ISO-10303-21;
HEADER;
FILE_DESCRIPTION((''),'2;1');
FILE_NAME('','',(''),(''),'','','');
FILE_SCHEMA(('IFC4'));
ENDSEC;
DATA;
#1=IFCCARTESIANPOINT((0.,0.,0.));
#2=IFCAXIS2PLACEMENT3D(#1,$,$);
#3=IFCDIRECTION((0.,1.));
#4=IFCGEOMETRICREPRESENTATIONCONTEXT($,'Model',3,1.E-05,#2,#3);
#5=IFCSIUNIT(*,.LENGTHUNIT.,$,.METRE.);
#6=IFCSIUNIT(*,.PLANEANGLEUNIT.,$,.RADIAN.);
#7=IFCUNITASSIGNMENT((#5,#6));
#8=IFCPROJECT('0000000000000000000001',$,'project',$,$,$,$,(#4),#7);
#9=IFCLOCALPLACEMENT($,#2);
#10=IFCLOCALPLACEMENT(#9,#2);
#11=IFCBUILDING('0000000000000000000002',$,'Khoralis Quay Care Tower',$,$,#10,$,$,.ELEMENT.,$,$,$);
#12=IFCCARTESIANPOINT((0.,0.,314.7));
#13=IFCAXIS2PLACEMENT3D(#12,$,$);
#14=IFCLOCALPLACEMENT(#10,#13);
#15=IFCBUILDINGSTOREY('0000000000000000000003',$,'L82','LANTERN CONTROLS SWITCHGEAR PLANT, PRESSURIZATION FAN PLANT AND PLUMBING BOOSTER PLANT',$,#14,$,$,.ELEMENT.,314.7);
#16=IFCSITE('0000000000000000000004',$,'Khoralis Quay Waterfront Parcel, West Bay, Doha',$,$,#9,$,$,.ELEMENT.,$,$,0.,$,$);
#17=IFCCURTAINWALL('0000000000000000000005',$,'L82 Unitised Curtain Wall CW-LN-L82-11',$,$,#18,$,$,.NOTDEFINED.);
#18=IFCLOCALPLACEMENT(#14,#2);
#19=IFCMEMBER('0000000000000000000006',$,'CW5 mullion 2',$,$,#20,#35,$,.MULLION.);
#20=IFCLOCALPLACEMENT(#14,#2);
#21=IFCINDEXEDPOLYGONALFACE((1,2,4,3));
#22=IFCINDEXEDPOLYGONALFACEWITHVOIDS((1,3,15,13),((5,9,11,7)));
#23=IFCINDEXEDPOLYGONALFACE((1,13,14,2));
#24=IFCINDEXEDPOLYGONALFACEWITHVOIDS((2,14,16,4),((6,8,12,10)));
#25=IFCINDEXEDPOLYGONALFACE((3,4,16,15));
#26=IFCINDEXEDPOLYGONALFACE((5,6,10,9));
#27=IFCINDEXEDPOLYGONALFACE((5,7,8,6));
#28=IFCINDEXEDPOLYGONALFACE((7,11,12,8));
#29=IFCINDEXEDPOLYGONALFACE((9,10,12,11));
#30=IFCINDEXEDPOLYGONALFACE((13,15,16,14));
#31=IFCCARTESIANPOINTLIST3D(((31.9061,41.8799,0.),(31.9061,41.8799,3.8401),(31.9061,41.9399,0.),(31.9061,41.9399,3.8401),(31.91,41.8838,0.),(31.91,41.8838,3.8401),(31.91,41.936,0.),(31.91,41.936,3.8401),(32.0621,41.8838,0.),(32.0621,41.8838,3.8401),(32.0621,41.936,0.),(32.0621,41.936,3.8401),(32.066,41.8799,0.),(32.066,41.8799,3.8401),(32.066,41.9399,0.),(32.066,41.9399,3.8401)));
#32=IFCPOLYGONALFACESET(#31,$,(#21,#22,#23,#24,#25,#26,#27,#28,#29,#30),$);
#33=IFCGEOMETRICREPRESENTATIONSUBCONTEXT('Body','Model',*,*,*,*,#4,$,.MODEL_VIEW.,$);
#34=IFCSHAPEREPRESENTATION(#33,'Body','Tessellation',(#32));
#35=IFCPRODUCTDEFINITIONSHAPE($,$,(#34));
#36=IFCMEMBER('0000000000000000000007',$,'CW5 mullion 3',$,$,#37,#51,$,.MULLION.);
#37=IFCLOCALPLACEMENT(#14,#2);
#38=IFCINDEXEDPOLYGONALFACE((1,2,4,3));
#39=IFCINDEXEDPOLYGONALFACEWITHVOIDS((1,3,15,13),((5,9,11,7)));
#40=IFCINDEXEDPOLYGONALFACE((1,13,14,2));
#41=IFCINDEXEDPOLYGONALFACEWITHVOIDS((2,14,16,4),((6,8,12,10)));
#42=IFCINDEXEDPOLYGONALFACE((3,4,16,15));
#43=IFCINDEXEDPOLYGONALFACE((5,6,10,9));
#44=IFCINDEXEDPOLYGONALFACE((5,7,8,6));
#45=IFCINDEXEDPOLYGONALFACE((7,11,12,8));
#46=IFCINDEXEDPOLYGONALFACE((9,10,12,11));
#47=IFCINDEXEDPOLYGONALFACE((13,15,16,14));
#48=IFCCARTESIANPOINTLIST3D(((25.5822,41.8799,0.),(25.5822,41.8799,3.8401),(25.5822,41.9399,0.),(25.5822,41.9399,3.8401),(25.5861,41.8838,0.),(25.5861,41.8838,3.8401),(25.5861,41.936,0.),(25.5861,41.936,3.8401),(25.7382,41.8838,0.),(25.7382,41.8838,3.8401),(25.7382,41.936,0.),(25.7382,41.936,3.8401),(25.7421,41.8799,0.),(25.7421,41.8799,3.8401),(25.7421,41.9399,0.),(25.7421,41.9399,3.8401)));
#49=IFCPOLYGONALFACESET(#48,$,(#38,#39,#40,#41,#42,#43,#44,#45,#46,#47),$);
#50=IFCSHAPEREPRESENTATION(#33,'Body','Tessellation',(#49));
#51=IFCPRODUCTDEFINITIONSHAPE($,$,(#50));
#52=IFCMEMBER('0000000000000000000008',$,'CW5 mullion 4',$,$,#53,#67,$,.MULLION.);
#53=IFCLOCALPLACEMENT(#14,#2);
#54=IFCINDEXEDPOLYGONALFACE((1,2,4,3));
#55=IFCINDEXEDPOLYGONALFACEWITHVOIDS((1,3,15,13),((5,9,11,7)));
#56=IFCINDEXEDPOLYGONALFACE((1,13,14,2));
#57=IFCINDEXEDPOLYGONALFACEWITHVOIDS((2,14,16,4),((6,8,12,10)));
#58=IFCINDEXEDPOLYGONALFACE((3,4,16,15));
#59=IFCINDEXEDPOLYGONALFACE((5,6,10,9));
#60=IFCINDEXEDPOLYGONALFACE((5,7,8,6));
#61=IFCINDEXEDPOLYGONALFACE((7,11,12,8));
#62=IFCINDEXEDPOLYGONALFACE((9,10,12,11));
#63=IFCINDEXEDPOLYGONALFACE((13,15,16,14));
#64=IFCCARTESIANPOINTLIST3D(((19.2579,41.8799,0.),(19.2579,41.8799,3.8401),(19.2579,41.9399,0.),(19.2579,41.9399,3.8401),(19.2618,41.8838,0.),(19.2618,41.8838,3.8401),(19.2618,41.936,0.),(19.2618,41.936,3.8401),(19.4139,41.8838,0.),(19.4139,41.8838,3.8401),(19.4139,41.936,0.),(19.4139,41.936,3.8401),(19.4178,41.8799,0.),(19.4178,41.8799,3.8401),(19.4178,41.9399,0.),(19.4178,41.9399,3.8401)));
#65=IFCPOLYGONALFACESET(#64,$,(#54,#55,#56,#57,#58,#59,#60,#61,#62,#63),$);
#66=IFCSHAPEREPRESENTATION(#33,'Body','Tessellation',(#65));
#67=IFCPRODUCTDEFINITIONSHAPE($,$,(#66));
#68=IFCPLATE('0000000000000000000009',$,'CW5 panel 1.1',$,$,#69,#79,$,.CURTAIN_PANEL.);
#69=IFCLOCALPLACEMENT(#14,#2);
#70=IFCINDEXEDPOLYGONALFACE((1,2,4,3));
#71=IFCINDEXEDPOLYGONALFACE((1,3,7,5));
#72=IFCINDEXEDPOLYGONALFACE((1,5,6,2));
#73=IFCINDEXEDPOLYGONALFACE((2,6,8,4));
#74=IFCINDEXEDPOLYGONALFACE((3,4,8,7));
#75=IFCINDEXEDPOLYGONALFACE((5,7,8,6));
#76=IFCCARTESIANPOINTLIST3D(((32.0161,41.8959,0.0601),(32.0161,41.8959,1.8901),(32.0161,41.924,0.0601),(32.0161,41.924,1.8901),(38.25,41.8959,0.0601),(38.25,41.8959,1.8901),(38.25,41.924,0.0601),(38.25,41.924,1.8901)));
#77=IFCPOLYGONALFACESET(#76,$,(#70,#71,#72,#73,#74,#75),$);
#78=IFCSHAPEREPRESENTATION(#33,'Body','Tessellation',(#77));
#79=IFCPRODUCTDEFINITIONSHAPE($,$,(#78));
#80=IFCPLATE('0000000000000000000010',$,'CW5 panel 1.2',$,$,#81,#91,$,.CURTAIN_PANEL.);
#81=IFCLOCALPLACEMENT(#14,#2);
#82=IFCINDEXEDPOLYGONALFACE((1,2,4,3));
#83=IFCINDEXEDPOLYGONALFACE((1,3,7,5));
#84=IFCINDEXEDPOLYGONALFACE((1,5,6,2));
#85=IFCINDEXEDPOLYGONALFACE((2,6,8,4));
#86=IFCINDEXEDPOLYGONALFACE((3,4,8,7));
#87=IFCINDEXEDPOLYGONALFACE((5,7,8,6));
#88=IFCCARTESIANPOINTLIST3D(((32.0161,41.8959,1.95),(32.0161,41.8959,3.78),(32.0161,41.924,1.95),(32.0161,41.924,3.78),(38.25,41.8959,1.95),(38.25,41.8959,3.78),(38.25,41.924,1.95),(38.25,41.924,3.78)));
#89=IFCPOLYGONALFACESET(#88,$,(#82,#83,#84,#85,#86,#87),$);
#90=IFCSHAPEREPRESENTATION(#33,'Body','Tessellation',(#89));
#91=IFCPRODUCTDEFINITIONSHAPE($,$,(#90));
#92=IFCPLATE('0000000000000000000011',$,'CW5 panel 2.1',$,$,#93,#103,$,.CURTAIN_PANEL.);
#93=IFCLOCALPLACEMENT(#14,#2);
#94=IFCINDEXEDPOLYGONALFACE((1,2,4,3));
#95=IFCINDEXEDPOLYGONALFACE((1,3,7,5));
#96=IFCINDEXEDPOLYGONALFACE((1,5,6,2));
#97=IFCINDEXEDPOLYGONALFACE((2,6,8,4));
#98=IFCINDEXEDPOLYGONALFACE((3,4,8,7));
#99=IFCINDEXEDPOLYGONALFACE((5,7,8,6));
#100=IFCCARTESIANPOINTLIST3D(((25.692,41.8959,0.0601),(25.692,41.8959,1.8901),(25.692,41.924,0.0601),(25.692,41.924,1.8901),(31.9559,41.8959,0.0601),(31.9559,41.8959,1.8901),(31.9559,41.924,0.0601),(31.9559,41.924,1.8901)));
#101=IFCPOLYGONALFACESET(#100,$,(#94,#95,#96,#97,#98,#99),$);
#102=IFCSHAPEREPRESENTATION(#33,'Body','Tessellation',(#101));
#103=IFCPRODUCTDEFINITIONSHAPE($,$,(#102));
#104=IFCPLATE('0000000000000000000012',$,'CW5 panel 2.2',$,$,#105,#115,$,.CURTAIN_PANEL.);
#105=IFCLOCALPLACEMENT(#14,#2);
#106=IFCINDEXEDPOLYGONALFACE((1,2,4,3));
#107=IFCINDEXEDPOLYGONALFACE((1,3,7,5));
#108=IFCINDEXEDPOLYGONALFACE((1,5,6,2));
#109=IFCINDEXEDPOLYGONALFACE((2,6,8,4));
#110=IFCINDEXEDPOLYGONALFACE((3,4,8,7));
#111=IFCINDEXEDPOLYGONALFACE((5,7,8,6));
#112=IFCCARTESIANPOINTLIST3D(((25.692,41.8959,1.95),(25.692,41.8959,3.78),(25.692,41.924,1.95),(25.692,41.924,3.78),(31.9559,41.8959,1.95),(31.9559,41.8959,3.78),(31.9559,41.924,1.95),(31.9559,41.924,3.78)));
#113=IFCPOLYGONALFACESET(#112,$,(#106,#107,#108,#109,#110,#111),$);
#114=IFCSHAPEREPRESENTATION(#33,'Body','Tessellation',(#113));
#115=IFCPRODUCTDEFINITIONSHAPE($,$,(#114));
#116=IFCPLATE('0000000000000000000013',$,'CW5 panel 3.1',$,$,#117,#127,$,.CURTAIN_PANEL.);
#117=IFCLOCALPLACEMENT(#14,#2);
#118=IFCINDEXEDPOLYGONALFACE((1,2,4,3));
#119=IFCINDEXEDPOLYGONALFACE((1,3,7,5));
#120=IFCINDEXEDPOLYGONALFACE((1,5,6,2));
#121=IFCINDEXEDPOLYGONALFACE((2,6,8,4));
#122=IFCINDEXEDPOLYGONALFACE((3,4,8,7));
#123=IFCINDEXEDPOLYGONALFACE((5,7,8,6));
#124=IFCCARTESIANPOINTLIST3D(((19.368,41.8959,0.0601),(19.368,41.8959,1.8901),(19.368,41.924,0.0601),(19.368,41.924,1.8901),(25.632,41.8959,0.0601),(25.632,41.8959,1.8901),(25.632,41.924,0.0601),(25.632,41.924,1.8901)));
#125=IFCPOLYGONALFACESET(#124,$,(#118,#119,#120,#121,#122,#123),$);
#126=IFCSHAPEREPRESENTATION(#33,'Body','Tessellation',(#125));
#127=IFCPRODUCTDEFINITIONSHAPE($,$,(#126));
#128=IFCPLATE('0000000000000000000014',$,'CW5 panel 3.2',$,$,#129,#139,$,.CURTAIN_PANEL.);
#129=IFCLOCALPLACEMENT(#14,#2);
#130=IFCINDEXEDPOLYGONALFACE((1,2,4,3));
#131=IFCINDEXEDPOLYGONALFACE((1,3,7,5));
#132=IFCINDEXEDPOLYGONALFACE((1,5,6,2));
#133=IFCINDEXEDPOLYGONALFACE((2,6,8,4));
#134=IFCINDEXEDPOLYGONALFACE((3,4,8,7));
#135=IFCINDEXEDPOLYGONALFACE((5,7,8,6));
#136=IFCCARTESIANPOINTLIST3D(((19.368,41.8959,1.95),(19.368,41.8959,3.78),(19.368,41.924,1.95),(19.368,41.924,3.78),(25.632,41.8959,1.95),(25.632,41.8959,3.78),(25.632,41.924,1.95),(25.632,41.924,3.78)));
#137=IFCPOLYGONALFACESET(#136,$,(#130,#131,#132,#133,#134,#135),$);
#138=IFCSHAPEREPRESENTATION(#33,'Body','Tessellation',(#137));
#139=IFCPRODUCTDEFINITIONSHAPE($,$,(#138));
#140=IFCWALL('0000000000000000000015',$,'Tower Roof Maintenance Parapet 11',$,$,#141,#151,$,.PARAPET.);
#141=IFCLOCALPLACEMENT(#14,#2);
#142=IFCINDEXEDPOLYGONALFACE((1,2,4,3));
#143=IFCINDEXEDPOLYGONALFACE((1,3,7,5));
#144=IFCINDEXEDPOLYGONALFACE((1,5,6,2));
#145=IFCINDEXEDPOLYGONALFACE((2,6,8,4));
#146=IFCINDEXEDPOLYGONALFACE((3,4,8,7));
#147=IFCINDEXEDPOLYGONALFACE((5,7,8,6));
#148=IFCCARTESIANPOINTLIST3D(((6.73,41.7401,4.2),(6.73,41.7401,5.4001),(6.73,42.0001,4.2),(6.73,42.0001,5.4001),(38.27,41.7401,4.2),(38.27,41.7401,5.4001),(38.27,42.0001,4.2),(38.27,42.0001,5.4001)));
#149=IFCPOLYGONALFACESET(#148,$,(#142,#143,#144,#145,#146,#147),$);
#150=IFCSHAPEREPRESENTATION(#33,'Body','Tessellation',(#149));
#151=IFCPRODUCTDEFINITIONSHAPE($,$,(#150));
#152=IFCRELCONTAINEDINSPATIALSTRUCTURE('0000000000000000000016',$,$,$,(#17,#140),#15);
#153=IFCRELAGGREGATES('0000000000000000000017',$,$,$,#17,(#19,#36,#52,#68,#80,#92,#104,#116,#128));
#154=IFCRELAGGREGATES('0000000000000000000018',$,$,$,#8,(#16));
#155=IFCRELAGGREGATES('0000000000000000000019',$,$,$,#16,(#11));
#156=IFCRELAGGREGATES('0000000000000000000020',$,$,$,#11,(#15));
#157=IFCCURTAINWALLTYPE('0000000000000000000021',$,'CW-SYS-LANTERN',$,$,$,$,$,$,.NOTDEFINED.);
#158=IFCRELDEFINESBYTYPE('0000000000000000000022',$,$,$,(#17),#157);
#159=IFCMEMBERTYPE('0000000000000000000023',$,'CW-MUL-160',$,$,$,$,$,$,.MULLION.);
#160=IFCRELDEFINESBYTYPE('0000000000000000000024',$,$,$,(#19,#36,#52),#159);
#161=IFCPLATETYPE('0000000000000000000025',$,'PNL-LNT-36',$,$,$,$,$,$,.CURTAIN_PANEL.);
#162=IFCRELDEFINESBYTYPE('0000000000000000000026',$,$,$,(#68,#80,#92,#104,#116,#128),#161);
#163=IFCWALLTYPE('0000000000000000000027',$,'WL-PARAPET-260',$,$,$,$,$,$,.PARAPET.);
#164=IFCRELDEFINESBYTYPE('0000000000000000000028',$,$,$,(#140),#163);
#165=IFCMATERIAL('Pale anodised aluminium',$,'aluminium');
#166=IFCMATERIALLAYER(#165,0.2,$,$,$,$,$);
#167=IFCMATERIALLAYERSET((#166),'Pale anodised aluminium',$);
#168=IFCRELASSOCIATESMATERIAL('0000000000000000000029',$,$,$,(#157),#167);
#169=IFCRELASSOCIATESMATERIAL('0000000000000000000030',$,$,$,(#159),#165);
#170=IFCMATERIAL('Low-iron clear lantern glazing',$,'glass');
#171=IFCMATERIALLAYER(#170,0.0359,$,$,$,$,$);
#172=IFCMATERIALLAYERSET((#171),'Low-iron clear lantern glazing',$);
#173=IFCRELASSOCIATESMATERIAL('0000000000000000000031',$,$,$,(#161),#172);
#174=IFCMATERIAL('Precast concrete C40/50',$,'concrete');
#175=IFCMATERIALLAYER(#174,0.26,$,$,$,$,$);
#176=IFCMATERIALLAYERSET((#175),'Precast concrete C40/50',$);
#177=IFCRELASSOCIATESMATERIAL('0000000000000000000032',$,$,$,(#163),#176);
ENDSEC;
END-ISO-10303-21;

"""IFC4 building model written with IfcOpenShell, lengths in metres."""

from ifc_helpers import new_model, si_unit, direction, frame, frame_2d, origin, origin_2d, place, context, subcontext, project, spatial, rectangle, hollow_rectangle, extrude, source, transform, mapped, material, layer, layer_set, material_profile, profile_set, type_object, element, aggregate, save


model = new_model("IFC4")

# Units and contexts
model_context = context("Model", 3, precision=1e-05, world=origin(), true_north=direction((0.0, 1.0)))
body_context = subcontext(model_context, "Body", "Model", "MODEL_VIEW")
ifc_project = project(units=[si_unit("LENGTHUNIT", "METRE"), si_unit("PLANEANGLEUNIT", "RADIAN")], contexts=[model_context])

# Site, building, storey
site_placement = place(None, origin())
site = spatial("IfcSite", under=ifc_project, at=site_placement, Name="Khoralis Quay Waterfront Parcel, West Bay, Doha", CompositionType="ELEMENT", RefElevation=0.0)
building_placement = place(site_placement, origin())
building = spatial("IfcBuilding", under=site, at=building_placement, Name="Khoralis Quay Care Tower", CompositionType="ELEMENT")
storey_placement = place(building_placement, frame((0.0, 0.0, 314.7)))
storey = spatial("IfcBuildingStorey", under=building, at=storey_placement, Name="L82", Description="LANTERN CONTROLS SWITCHGEAR PLANT, PRESSURIZATION FAN PLANT AND PLUMBING BOOSTER PLANT", CompositionType="ELEMENT", Elevation=314.7)

# Curtain wall, members, plates
ifc_material_1 = material(Name="Pale anodised aluminium", Category="aluminium")
ifc_layer_1 = layer(ifc_material_1, 0.2)
ifc_layer_set_1 = layer_set([ifc_layer_1], Name="Pale anodised aluminium")
curtain_wall_type = type_object("IfcCurtainWallType", Name="CW-SYS-LANTERN", PredefinedType="NOTDEFINED", material=ifc_layer_set_1)
curtain_wall_placement = place(storey_placement, origin())
curtain_wall = element("IfcCurtainWall", 1, at=curtain_wall_placement, inside=storey, type_object=curtain_wall_type, Name="L82 Unitised Curtain Wall CW-LN-L82-11", PredefinedType="NOTDEFINED")
ifc_material_profile_1 = material_profile(ifc_material_1, hollow_rectangle(XDim=0.0601, YDim=0.1599, WallThickness=0.0039, at=origin_2d()), Name="Pale anodised aluminium")
ifc_profile_set_1 = profile_set([ifc_material_profile_1], Name="Pale anodised aluminium")
member_type_1 = type_object("IfcMemberType", Name="CW-MUL-160", PredefinedType="MULLION", material=ifc_profile_set_1)
shared_shape_1 = source(origin(), body_context, "Body", "SweptSolid", [
    extrude(hollow_rectangle(XDim=0.0601, YDim=0.1599, WallThickness=0.0039, at=origin_2d()), origin(), (0.0, 0.0, 1.0), 3.8401),
])
member_1_placement = place(storey_placement, frame((31.9861, 41.9099, 0.0), z_axis=(0.0, 0.0, 1.0), x_axis=(0.0, -1.0, 0.0)))
member_1 = element("IfcMember", 2, at=member_1_placement, type_object=member_type_1, Name="CW5 mullion 2", PredefinedType="MULLION", context=body_context, shape_type="MappedRepresentation", body=[
    mapped(shared_shape_1, transform((0.0, 0.0, 0.0), scale=1.0)),
])
member_2_placement = place(storey_placement, frame((25.6621, 41.9099, 0.0), z_axis=(0.0, 0.0, 1.0), x_axis=(0.0, -1.0, 0.0)))
member_2 = element("IfcMember", 3, at=member_2_placement, type_object=member_type_1, Name="CW5 mullion 3", PredefinedType="MULLION", context=body_context, shape_type="MappedRepresentation", body=[
    mapped(shared_shape_1, transform((0.0, 0.0, 0.0), scale=1.0)),
])
member_3_placement = place(storey_placement, frame((19.3379, 41.9099, 0.0), z_axis=(0.0, 0.0, 1.0), x_axis=(0.0, -1.0, 0.0)))
member_3 = element("IfcMember", 4, at=member_3_placement, type_object=member_type_1, Name="CW5 mullion 4", PredefinedType="MULLION", context=body_context, shape_type="MappedRepresentation", body=[
    mapped(shared_shape_1, transform((0.0, 0.0, 0.0), scale=1.0)),
])
ifc_material_2 = material(Name="Low-iron clear lantern glazing", Category="glass")
ifc_layer_2 = layer(ifc_material_2, 0.0359)
ifc_layer_set_2 = layer_set([ifc_layer_2], Name="Low-iron clear lantern glazing")
plate_type = type_object("IfcPlateType", Name="PNL-LNT-36", PredefinedType="CURTAIN_PANEL", material=ifc_layer_set_2)
shared_shape_2 = source(origin(), body_context, "Body", "SweptSolid", [
    extrude(rectangle(XDim=6.2339, YDim=0.0281, at=origin_2d()), origin(), (0.0, 0.0, 1.0), 1.8301),
])
plate_1_placement = place(storey_placement, frame((35.1331, 41.9099, 0.0601), z_axis=(0.0, 0.0, 1.0), x_axis=(-1.0, 0.0, 0.0)))
plate_1 = element("IfcPlate", 5, at=plate_1_placement, type_object=plate_type, Name="CW5 panel 1.1", PredefinedType="CURTAIN_PANEL", context=body_context, shape_type="MappedRepresentation", body=[
    mapped(shared_shape_2, transform((0.0, 0.0, 0.0), scale=1.0)),
])
plate_2_placement = place(storey_placement, frame((35.1331, 41.9099, 1.95), z_axis=(0.0, 0.0, 1.0), x_axis=(-1.0, 0.0, 0.0)))
plate_2 = element("IfcPlate", 6, at=plate_2_placement, type_object=plate_type, Name="CW5 panel 1.2", PredefinedType="CURTAIN_PANEL", context=body_context, shape_type="MappedRepresentation", body=[
    mapped(shared_shape_2, transform((0.0, 0.0, 0.0), scale=1.0)),
])
shared_shape_3 = source(origin(), body_context, "Body", "SweptSolid", [
    extrude(rectangle(XDim=6.2639, YDim=0.0281, at=origin_2d()), origin(), (0.0, 0.0, 1.0), 1.8301),
])
plate_3_placement = place(storey_placement, frame((28.824, 41.9099, 0.0601), z_axis=(0.0, 0.0, 1.0), x_axis=(-1.0, 0.0, 0.0)))
plate_3 = element("IfcPlate", 7, at=plate_3_placement, type_object=plate_type, Name="CW5 panel 2.1", PredefinedType="CURTAIN_PANEL", context=body_context, shape_type="MappedRepresentation", body=[
    mapped(shared_shape_3, transform((0.0, 0.0, 0.0), scale=1.0)),
])
plate_4_placement = place(storey_placement, frame((28.824, 41.9099, 1.95), z_axis=(0.0, 0.0, 1.0), x_axis=(-1.0, 0.0, 0.0)))
plate_4 = element("IfcPlate", 8, at=plate_4_placement, type_object=plate_type, Name="CW5 panel 2.2", PredefinedType="CURTAIN_PANEL", context=body_context, shape_type="MappedRepresentation", body=[
    mapped(shared_shape_3, transform((0.0, 0.0, 0.0), scale=1.0)),
])
plate_5_placement = place(storey_placement, frame((22.5, 41.9099, 0.0601), z_axis=(0.0, 0.0, 1.0), x_axis=(-1.0, 0.0, 0.0)))
plate_5 = element("IfcPlate", 9, at=plate_5_placement, type_object=plate_type, Name="CW5 panel 3.1", PredefinedType="CURTAIN_PANEL", context=body_context, shape_type="MappedRepresentation", body=[
    mapped(shared_shape_3, transform((0.0, 0.0, 0.0), scale=1.0)),
])
plate_6_placement = place(storey_placement, frame((22.5, 41.9099, 1.95), z_axis=(0.0, 0.0, 1.0), x_axis=(-1.0, 0.0, 0.0)))
plate_6 = element("IfcPlate", 10, at=plate_6_placement, type_object=plate_type, Name="CW5 panel 3.2", PredefinedType="CURTAIN_PANEL", context=body_context, shape_type="MappedRepresentation", body=[
    mapped(shared_shape_3, transform((0.0, 0.0, 0.0), scale=1.0)),
])
aggregate(curtain_wall, [member_1, member_2, member_3, plate_1, plate_2, plate_3, plate_4, plate_5, plate_6])

# Wall
ifc_material_3 = material(Name="Precast concrete C40/50", Category="concrete")
ifc_layer_3 = layer(ifc_material_3, 0.26)
ifc_layer_set_3 = layer_set([ifc_layer_3], Name="Precast concrete C40/50")
wall_type = type_object("IfcWallType", Name="WL-PARAPET-260", PredefinedType="PARAPET", material=ifc_layer_set_3)
wall_placement = place(storey_placement, frame((38.27, 41.8701, 4.2), z_axis=(0.0, 0.0, 1.0), x_axis=(-1.0, 0.0, 0.0)))
element("IfcWall", 11, at=wall_placement, inside=storey, type_object=wall_type, Name="Tower Roof Maintenance Parapet 11", PredefinedType="PARAPET", context=body_context, shape_type="SweptSolid", body=[
    extrude(rectangle(XDim=31.54, YDim=0.26, at=frame_2d((15.77, 0.0))), origin(), (0.0, 0.0, 1.0), 1.2002),
])

save(model, "model.ifc")
